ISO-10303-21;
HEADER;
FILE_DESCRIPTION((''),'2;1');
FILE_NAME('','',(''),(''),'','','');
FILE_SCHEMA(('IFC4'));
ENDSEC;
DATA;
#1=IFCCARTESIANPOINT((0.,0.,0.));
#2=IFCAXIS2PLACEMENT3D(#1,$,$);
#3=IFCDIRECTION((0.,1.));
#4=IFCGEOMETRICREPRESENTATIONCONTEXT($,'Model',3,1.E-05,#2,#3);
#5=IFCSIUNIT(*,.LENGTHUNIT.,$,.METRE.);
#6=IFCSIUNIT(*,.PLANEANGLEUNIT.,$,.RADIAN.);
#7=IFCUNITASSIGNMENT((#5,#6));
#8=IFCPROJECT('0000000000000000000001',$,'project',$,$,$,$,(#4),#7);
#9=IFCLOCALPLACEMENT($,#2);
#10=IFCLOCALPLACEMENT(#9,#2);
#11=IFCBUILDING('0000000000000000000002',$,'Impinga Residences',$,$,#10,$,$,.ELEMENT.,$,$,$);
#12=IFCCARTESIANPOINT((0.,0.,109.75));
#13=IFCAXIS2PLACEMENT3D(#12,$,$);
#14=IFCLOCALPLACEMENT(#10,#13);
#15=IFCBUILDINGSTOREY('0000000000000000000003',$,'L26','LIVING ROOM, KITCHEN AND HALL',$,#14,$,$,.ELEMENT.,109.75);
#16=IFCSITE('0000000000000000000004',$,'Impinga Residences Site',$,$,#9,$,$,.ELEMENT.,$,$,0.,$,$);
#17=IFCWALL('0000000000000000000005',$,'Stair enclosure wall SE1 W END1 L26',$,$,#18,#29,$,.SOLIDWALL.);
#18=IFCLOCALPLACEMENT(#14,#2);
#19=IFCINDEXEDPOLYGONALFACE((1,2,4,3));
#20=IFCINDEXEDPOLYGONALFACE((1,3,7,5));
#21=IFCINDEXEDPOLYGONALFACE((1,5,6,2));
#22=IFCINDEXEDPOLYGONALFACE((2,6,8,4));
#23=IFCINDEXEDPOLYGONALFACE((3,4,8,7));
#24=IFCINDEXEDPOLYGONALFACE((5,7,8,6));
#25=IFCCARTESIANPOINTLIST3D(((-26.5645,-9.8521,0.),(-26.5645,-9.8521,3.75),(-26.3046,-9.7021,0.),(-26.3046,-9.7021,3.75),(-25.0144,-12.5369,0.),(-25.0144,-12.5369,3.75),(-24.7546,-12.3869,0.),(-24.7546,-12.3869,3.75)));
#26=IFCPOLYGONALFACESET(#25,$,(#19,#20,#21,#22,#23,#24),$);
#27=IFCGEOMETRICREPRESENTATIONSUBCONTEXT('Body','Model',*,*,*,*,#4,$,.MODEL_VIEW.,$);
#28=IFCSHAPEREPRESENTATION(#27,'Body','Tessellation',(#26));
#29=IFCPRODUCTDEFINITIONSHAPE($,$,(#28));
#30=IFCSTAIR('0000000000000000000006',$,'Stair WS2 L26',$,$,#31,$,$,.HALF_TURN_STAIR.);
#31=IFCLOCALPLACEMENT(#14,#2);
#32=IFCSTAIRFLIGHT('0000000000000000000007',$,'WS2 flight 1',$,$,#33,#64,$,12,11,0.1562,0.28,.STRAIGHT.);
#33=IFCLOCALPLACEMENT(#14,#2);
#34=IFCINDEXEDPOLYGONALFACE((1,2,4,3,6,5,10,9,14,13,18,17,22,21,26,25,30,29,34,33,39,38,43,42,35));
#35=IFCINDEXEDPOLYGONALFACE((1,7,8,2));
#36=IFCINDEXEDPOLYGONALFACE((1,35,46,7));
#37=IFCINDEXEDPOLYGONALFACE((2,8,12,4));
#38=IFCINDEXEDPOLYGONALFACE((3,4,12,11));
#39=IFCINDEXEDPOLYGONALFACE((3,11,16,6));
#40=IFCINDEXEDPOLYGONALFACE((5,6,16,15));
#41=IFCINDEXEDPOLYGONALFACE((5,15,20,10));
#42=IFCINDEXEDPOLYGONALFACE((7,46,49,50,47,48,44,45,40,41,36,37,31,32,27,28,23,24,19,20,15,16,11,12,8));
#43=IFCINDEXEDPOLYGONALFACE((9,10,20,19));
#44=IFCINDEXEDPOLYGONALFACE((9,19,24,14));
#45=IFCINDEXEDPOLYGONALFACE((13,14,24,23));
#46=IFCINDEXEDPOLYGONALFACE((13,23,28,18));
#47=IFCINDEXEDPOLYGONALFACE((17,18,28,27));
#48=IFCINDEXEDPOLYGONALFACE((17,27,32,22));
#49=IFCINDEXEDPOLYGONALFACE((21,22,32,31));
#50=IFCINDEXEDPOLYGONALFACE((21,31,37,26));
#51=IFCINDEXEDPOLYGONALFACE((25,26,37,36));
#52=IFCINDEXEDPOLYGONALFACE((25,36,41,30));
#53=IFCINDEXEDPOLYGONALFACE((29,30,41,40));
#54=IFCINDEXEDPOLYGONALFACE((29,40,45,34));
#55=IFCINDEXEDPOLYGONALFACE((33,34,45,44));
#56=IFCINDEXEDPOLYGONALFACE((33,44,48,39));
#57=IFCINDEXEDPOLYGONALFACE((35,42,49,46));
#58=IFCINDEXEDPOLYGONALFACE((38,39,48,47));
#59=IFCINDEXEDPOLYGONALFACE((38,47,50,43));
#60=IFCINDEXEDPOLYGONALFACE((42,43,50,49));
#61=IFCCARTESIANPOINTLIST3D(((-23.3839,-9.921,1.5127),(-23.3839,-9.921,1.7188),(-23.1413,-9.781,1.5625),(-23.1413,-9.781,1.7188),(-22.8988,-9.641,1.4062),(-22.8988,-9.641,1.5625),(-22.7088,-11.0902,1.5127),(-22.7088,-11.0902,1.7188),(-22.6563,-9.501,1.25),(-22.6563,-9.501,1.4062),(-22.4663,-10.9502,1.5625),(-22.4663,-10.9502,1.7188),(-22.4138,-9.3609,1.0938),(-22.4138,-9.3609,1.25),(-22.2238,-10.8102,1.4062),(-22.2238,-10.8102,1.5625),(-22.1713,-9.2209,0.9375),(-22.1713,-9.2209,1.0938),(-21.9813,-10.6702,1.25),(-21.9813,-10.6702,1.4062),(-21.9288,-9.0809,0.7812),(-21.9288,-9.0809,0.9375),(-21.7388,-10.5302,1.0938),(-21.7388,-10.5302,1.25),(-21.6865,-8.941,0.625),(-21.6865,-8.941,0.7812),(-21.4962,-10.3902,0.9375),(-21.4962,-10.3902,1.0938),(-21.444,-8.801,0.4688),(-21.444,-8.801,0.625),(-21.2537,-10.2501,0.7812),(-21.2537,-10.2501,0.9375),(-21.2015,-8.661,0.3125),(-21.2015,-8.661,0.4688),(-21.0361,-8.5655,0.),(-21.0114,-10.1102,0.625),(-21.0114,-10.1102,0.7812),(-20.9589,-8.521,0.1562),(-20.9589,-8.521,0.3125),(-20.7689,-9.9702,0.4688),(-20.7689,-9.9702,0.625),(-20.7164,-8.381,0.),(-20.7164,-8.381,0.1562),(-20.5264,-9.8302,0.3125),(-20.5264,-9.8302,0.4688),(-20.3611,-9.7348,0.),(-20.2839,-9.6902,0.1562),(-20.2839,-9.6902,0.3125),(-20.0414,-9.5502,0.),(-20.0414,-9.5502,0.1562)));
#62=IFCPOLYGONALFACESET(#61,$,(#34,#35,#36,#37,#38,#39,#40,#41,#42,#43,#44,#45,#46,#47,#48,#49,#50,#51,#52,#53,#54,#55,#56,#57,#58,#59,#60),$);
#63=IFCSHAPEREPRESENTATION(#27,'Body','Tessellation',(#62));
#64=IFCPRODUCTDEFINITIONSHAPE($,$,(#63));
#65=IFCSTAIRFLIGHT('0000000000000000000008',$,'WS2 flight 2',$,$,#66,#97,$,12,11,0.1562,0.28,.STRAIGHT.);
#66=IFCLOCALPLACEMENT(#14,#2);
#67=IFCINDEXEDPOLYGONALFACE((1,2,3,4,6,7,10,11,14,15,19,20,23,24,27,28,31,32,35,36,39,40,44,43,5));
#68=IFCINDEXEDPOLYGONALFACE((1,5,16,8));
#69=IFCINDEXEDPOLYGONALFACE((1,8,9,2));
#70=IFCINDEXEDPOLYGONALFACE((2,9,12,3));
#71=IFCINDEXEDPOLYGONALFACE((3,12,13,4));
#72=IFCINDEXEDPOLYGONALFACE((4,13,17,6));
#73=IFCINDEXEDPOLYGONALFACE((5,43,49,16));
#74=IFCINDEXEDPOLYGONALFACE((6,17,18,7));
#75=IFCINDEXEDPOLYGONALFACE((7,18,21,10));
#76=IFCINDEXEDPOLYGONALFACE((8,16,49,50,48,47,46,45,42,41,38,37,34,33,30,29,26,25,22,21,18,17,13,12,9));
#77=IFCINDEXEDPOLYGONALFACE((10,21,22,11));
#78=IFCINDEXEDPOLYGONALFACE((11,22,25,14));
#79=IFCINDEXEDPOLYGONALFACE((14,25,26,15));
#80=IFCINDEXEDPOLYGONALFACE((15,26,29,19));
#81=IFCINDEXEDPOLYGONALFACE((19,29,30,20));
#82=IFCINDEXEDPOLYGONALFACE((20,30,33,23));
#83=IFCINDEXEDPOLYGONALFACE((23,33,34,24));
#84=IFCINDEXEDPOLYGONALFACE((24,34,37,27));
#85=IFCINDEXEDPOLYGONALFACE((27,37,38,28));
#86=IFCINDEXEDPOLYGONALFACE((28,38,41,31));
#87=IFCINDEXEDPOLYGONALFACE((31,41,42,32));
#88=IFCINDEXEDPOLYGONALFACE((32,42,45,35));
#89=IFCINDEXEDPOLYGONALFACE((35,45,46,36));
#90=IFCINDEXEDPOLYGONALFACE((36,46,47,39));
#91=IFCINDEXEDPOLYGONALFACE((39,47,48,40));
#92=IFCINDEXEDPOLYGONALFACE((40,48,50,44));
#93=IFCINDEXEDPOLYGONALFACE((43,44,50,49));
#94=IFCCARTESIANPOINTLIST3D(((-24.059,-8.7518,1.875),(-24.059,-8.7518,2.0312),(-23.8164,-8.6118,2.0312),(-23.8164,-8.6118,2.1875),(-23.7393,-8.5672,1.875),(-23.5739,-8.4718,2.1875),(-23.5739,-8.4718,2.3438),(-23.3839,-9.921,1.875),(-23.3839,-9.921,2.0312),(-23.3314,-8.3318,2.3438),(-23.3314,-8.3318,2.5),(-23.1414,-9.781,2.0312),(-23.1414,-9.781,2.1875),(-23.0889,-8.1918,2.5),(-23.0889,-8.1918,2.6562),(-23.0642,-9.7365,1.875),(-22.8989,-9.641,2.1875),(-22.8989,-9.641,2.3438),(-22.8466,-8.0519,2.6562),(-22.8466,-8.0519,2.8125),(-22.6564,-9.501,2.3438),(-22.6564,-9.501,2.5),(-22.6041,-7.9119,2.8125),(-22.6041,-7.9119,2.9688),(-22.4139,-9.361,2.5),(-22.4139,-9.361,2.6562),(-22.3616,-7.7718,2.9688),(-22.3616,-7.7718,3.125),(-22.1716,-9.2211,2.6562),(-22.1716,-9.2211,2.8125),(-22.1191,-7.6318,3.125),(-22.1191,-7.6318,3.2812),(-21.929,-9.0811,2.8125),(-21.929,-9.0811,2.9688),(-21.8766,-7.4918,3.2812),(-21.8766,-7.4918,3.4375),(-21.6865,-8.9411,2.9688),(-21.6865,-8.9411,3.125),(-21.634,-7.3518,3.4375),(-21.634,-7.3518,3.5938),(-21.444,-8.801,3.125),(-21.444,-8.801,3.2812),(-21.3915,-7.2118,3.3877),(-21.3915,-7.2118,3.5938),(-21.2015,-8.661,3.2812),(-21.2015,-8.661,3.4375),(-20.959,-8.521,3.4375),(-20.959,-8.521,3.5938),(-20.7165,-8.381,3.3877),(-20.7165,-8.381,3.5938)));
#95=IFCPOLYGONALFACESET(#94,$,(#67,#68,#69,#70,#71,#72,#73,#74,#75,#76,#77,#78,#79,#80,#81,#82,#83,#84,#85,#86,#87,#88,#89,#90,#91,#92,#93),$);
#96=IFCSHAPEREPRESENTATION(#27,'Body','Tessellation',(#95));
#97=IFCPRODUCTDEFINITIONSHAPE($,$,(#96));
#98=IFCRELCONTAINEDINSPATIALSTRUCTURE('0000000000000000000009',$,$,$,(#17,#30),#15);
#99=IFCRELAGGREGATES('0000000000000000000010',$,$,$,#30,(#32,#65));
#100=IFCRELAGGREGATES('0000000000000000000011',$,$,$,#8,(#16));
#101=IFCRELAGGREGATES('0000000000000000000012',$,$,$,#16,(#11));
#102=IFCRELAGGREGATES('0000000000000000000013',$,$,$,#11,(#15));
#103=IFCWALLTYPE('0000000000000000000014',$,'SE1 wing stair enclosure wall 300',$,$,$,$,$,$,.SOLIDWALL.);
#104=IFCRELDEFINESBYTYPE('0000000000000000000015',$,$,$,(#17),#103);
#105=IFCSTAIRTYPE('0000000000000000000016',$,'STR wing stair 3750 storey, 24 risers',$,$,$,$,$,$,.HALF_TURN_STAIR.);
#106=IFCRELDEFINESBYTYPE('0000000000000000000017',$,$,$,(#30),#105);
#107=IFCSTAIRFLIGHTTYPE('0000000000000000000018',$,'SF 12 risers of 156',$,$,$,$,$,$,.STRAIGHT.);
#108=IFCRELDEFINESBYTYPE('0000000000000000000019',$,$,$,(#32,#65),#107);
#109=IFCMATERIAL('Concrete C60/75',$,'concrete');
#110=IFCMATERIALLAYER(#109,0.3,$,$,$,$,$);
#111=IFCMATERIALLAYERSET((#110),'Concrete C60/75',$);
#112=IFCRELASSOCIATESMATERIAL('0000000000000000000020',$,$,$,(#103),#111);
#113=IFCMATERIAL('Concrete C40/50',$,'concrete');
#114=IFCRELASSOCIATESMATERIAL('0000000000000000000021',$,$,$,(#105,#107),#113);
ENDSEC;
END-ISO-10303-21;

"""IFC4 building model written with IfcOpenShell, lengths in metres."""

from ifc_helpers import new_model, si_unit, direction, frame, frame_2d, origin, place, context, subcontext, project, spatial, polyline, rectangle, outline, extrude, material, layer, layer_set, type_object, element, aggregate, save


model = new_model("IFC4")

# Units and contexts
model_context = context("Model", 3, precision=1e-05, world=origin(), true_north=direction((0.0, 1.0)))
body_context = subcontext(model_context, "Body", "Model", "MODEL_VIEW")
ifc_project = project(units=[si_unit("LENGTHUNIT", "METRE"), si_unit("PLANEANGLEUNIT", "RADIAN")], contexts=[model_context])

# Site, building, storey
site_placement = place(None, origin())
site = spatial("IfcSite", under=ifc_project, at=site_placement, Name="Impinga Residences Site", CompositionType="ELEMENT", RefElevation=0.0)
building_placement = place(site_placement, origin())
building = spatial("IfcBuilding", under=site, at=building_placement, Name="Impinga Residences", CompositionType="ELEMENT")
storey_placement = place(building_placement, frame((0.0, 0.0, 109.75)))
storey = spatial("IfcBuildingStorey", under=building, at=storey_placement, Name="L26", Description="LIVING ROOM, KITCHEN AND HALL", CompositionType="ELEMENT", Elevation=109.75)

# Shared definitions
ifc_material_1 = material(Name="Concrete C60/75", Category="concrete")

# Wall
ifc_layer_1 = layer(ifc_material_1, 0.3)
ifc_layer_set_1 = layer_set([ifc_layer_1], Name="Concrete C60/75")
wall_type_1 = type_object("IfcWallType", Name="SE1 wing stair enclosure wall 300", PredefinedType="SOLIDWALL", material=ifc_layer_set_1)
wall_1_placement = place(storey_placement, frame((-24.8845, -12.4619, 0.0), z_axis=(0.0, 0.0, 1.0), x_axis=(-0.499993, 0.86603, 0.0)))
element("IfcWall", 1, at=wall_1_placement, inside=storey, type_object=wall_type_1, Name="Stair enclosure wall SE1 W END1 L26", PredefinedType="SOLIDWALL", context=body_context, shape_type="SweptSolid", body=[
    extrude(rectangle(XDim=3.1001, YDim=0.3, at=frame_2d((1.55, 0.0))), origin(), (0.0, 0.0, 1.0), 3.75),
])

# Stair, stair flights
ifc_material_2 = material(Name="Concrete C40/50", Category="concrete")
stair_type = type_object("IfcStairType", Name="STR wing stair 3750 storey, 24 risers", PredefinedType="HALF_TURN_STAIR", material=ifc_material_2)
stair_placement = place(storey_placement, origin())
stair = element("IfcStair", 2, at=stair_placement, inside=storey, type_object=stair_type, Name="Stair WS2 L26", PredefinedType="HALF_TURN_STAIR")
stair_flight_type = type_object("IfcStairFlightType", Name="SF 12 risers of 156", PredefinedType="STRAIGHT", material=ifc_material_2)
stair_flight_1_placement = place(storey_placement, frame((-20.3789, -8.9656, 0.0), z_axis=(0.0, 0.0, 1.0), x_axis=(-0.866025, -0.5, 0.0)))
stair_flight_1 = element("IfcStairFlight", 3, at=stair_flight_1_placement, type_object=stair_flight_type, Name="WS2 flight 1", NumberOfRisers=12, NumberOfTreads=11, PredefinedType="STRAIGHT", RiserHeight=0.1562, TreadLength=0.28, context=body_context, shape_type="SweptSolid", body=[
    extrude(outline(polyline([(0.0, 0.0), (0.0, 0.1562), (0.28, 0.1562), (0.28, 0.3125), (0.5601, 0.3125), (0.5601, 0.4688), (0.8401, 0.4688), (0.8401, 0.625), (1.1201, 0.625), (1.1201, 0.7812), (1.3999, 0.7812), (1.3999, 0.9375), (1.6799, 0.9375), (1.6799, 1.0938), (1.96, 1.0938), (1.96, 1.25), (2.24, 1.25), (2.24, 1.4062), (2.52, 1.4062), (2.52, 1.5625), (2.8, 1.5625), (2.8, 1.7188), (3.0801, 1.7188), (3.0801, 1.875), (3.0801, 1.5127), (0.3691, 0.0), (0.0, 0.0)])), frame((0.0, 0.675, 0.0), z_axis=(0.0, -1.0, 0.0), x_axis=(1.0, 0.0, 0.0)), (0.0, 0.0, 1.0), 1.3501),
])
stair_flight_2_placement = place(storey_placement, frame((-23.7214, -9.3364, 1.875), z_axis=(0.0, 0.0, 1.0), x_axis=(0.866025, 0.5, 0.0)))
stair_flight_2 = element("IfcStairFlight", 4, at=stair_flight_2_placement, type_object=stair_flight_type, Name="WS2 flight 2", NumberOfRisers=12, NumberOfTreads=11, PredefinedType="STRAIGHT", RiserHeight=0.1562, TreadLength=0.28, context=body_context, shape_type="SweptSolid", body=[
    extrude(outline(polyline([(0.0, 0.0), (0.0, 0.1562), (0.28, 0.1562), (0.28, 0.3125), (0.5601, 0.3125), (0.5601, 0.4688), (0.8401, 0.4688), (0.8401, 0.625), (1.1201, 0.625), (1.1201, 0.7812), (1.3999, 0.7812), (1.3999, 0.9375), (1.6799, 0.9375), (1.6799, 1.0938), (1.96, 1.0938), (1.96, 1.25), (2.24, 1.25), (2.24, 1.4062), (2.52, 1.4062), (2.52, 1.5625), (2.8, 1.5625), (2.8, 1.7188), (3.0801, 1.7188), (3.0801, 1.875), (3.0801, 1.5127), (0.3691, 0.0), (0.0, 0.0)])), frame((0.0, 0.675, 0.0), z_axis=(0.0, -1.0, 0.0), x_axis=(1.0, 0.0, 0.0)), (0.0, 0.0, 1.0), 1.3501),
])
aggregate(stair, [stair_flight_1, stair_flight_2])

save(model, "model.ifc")
